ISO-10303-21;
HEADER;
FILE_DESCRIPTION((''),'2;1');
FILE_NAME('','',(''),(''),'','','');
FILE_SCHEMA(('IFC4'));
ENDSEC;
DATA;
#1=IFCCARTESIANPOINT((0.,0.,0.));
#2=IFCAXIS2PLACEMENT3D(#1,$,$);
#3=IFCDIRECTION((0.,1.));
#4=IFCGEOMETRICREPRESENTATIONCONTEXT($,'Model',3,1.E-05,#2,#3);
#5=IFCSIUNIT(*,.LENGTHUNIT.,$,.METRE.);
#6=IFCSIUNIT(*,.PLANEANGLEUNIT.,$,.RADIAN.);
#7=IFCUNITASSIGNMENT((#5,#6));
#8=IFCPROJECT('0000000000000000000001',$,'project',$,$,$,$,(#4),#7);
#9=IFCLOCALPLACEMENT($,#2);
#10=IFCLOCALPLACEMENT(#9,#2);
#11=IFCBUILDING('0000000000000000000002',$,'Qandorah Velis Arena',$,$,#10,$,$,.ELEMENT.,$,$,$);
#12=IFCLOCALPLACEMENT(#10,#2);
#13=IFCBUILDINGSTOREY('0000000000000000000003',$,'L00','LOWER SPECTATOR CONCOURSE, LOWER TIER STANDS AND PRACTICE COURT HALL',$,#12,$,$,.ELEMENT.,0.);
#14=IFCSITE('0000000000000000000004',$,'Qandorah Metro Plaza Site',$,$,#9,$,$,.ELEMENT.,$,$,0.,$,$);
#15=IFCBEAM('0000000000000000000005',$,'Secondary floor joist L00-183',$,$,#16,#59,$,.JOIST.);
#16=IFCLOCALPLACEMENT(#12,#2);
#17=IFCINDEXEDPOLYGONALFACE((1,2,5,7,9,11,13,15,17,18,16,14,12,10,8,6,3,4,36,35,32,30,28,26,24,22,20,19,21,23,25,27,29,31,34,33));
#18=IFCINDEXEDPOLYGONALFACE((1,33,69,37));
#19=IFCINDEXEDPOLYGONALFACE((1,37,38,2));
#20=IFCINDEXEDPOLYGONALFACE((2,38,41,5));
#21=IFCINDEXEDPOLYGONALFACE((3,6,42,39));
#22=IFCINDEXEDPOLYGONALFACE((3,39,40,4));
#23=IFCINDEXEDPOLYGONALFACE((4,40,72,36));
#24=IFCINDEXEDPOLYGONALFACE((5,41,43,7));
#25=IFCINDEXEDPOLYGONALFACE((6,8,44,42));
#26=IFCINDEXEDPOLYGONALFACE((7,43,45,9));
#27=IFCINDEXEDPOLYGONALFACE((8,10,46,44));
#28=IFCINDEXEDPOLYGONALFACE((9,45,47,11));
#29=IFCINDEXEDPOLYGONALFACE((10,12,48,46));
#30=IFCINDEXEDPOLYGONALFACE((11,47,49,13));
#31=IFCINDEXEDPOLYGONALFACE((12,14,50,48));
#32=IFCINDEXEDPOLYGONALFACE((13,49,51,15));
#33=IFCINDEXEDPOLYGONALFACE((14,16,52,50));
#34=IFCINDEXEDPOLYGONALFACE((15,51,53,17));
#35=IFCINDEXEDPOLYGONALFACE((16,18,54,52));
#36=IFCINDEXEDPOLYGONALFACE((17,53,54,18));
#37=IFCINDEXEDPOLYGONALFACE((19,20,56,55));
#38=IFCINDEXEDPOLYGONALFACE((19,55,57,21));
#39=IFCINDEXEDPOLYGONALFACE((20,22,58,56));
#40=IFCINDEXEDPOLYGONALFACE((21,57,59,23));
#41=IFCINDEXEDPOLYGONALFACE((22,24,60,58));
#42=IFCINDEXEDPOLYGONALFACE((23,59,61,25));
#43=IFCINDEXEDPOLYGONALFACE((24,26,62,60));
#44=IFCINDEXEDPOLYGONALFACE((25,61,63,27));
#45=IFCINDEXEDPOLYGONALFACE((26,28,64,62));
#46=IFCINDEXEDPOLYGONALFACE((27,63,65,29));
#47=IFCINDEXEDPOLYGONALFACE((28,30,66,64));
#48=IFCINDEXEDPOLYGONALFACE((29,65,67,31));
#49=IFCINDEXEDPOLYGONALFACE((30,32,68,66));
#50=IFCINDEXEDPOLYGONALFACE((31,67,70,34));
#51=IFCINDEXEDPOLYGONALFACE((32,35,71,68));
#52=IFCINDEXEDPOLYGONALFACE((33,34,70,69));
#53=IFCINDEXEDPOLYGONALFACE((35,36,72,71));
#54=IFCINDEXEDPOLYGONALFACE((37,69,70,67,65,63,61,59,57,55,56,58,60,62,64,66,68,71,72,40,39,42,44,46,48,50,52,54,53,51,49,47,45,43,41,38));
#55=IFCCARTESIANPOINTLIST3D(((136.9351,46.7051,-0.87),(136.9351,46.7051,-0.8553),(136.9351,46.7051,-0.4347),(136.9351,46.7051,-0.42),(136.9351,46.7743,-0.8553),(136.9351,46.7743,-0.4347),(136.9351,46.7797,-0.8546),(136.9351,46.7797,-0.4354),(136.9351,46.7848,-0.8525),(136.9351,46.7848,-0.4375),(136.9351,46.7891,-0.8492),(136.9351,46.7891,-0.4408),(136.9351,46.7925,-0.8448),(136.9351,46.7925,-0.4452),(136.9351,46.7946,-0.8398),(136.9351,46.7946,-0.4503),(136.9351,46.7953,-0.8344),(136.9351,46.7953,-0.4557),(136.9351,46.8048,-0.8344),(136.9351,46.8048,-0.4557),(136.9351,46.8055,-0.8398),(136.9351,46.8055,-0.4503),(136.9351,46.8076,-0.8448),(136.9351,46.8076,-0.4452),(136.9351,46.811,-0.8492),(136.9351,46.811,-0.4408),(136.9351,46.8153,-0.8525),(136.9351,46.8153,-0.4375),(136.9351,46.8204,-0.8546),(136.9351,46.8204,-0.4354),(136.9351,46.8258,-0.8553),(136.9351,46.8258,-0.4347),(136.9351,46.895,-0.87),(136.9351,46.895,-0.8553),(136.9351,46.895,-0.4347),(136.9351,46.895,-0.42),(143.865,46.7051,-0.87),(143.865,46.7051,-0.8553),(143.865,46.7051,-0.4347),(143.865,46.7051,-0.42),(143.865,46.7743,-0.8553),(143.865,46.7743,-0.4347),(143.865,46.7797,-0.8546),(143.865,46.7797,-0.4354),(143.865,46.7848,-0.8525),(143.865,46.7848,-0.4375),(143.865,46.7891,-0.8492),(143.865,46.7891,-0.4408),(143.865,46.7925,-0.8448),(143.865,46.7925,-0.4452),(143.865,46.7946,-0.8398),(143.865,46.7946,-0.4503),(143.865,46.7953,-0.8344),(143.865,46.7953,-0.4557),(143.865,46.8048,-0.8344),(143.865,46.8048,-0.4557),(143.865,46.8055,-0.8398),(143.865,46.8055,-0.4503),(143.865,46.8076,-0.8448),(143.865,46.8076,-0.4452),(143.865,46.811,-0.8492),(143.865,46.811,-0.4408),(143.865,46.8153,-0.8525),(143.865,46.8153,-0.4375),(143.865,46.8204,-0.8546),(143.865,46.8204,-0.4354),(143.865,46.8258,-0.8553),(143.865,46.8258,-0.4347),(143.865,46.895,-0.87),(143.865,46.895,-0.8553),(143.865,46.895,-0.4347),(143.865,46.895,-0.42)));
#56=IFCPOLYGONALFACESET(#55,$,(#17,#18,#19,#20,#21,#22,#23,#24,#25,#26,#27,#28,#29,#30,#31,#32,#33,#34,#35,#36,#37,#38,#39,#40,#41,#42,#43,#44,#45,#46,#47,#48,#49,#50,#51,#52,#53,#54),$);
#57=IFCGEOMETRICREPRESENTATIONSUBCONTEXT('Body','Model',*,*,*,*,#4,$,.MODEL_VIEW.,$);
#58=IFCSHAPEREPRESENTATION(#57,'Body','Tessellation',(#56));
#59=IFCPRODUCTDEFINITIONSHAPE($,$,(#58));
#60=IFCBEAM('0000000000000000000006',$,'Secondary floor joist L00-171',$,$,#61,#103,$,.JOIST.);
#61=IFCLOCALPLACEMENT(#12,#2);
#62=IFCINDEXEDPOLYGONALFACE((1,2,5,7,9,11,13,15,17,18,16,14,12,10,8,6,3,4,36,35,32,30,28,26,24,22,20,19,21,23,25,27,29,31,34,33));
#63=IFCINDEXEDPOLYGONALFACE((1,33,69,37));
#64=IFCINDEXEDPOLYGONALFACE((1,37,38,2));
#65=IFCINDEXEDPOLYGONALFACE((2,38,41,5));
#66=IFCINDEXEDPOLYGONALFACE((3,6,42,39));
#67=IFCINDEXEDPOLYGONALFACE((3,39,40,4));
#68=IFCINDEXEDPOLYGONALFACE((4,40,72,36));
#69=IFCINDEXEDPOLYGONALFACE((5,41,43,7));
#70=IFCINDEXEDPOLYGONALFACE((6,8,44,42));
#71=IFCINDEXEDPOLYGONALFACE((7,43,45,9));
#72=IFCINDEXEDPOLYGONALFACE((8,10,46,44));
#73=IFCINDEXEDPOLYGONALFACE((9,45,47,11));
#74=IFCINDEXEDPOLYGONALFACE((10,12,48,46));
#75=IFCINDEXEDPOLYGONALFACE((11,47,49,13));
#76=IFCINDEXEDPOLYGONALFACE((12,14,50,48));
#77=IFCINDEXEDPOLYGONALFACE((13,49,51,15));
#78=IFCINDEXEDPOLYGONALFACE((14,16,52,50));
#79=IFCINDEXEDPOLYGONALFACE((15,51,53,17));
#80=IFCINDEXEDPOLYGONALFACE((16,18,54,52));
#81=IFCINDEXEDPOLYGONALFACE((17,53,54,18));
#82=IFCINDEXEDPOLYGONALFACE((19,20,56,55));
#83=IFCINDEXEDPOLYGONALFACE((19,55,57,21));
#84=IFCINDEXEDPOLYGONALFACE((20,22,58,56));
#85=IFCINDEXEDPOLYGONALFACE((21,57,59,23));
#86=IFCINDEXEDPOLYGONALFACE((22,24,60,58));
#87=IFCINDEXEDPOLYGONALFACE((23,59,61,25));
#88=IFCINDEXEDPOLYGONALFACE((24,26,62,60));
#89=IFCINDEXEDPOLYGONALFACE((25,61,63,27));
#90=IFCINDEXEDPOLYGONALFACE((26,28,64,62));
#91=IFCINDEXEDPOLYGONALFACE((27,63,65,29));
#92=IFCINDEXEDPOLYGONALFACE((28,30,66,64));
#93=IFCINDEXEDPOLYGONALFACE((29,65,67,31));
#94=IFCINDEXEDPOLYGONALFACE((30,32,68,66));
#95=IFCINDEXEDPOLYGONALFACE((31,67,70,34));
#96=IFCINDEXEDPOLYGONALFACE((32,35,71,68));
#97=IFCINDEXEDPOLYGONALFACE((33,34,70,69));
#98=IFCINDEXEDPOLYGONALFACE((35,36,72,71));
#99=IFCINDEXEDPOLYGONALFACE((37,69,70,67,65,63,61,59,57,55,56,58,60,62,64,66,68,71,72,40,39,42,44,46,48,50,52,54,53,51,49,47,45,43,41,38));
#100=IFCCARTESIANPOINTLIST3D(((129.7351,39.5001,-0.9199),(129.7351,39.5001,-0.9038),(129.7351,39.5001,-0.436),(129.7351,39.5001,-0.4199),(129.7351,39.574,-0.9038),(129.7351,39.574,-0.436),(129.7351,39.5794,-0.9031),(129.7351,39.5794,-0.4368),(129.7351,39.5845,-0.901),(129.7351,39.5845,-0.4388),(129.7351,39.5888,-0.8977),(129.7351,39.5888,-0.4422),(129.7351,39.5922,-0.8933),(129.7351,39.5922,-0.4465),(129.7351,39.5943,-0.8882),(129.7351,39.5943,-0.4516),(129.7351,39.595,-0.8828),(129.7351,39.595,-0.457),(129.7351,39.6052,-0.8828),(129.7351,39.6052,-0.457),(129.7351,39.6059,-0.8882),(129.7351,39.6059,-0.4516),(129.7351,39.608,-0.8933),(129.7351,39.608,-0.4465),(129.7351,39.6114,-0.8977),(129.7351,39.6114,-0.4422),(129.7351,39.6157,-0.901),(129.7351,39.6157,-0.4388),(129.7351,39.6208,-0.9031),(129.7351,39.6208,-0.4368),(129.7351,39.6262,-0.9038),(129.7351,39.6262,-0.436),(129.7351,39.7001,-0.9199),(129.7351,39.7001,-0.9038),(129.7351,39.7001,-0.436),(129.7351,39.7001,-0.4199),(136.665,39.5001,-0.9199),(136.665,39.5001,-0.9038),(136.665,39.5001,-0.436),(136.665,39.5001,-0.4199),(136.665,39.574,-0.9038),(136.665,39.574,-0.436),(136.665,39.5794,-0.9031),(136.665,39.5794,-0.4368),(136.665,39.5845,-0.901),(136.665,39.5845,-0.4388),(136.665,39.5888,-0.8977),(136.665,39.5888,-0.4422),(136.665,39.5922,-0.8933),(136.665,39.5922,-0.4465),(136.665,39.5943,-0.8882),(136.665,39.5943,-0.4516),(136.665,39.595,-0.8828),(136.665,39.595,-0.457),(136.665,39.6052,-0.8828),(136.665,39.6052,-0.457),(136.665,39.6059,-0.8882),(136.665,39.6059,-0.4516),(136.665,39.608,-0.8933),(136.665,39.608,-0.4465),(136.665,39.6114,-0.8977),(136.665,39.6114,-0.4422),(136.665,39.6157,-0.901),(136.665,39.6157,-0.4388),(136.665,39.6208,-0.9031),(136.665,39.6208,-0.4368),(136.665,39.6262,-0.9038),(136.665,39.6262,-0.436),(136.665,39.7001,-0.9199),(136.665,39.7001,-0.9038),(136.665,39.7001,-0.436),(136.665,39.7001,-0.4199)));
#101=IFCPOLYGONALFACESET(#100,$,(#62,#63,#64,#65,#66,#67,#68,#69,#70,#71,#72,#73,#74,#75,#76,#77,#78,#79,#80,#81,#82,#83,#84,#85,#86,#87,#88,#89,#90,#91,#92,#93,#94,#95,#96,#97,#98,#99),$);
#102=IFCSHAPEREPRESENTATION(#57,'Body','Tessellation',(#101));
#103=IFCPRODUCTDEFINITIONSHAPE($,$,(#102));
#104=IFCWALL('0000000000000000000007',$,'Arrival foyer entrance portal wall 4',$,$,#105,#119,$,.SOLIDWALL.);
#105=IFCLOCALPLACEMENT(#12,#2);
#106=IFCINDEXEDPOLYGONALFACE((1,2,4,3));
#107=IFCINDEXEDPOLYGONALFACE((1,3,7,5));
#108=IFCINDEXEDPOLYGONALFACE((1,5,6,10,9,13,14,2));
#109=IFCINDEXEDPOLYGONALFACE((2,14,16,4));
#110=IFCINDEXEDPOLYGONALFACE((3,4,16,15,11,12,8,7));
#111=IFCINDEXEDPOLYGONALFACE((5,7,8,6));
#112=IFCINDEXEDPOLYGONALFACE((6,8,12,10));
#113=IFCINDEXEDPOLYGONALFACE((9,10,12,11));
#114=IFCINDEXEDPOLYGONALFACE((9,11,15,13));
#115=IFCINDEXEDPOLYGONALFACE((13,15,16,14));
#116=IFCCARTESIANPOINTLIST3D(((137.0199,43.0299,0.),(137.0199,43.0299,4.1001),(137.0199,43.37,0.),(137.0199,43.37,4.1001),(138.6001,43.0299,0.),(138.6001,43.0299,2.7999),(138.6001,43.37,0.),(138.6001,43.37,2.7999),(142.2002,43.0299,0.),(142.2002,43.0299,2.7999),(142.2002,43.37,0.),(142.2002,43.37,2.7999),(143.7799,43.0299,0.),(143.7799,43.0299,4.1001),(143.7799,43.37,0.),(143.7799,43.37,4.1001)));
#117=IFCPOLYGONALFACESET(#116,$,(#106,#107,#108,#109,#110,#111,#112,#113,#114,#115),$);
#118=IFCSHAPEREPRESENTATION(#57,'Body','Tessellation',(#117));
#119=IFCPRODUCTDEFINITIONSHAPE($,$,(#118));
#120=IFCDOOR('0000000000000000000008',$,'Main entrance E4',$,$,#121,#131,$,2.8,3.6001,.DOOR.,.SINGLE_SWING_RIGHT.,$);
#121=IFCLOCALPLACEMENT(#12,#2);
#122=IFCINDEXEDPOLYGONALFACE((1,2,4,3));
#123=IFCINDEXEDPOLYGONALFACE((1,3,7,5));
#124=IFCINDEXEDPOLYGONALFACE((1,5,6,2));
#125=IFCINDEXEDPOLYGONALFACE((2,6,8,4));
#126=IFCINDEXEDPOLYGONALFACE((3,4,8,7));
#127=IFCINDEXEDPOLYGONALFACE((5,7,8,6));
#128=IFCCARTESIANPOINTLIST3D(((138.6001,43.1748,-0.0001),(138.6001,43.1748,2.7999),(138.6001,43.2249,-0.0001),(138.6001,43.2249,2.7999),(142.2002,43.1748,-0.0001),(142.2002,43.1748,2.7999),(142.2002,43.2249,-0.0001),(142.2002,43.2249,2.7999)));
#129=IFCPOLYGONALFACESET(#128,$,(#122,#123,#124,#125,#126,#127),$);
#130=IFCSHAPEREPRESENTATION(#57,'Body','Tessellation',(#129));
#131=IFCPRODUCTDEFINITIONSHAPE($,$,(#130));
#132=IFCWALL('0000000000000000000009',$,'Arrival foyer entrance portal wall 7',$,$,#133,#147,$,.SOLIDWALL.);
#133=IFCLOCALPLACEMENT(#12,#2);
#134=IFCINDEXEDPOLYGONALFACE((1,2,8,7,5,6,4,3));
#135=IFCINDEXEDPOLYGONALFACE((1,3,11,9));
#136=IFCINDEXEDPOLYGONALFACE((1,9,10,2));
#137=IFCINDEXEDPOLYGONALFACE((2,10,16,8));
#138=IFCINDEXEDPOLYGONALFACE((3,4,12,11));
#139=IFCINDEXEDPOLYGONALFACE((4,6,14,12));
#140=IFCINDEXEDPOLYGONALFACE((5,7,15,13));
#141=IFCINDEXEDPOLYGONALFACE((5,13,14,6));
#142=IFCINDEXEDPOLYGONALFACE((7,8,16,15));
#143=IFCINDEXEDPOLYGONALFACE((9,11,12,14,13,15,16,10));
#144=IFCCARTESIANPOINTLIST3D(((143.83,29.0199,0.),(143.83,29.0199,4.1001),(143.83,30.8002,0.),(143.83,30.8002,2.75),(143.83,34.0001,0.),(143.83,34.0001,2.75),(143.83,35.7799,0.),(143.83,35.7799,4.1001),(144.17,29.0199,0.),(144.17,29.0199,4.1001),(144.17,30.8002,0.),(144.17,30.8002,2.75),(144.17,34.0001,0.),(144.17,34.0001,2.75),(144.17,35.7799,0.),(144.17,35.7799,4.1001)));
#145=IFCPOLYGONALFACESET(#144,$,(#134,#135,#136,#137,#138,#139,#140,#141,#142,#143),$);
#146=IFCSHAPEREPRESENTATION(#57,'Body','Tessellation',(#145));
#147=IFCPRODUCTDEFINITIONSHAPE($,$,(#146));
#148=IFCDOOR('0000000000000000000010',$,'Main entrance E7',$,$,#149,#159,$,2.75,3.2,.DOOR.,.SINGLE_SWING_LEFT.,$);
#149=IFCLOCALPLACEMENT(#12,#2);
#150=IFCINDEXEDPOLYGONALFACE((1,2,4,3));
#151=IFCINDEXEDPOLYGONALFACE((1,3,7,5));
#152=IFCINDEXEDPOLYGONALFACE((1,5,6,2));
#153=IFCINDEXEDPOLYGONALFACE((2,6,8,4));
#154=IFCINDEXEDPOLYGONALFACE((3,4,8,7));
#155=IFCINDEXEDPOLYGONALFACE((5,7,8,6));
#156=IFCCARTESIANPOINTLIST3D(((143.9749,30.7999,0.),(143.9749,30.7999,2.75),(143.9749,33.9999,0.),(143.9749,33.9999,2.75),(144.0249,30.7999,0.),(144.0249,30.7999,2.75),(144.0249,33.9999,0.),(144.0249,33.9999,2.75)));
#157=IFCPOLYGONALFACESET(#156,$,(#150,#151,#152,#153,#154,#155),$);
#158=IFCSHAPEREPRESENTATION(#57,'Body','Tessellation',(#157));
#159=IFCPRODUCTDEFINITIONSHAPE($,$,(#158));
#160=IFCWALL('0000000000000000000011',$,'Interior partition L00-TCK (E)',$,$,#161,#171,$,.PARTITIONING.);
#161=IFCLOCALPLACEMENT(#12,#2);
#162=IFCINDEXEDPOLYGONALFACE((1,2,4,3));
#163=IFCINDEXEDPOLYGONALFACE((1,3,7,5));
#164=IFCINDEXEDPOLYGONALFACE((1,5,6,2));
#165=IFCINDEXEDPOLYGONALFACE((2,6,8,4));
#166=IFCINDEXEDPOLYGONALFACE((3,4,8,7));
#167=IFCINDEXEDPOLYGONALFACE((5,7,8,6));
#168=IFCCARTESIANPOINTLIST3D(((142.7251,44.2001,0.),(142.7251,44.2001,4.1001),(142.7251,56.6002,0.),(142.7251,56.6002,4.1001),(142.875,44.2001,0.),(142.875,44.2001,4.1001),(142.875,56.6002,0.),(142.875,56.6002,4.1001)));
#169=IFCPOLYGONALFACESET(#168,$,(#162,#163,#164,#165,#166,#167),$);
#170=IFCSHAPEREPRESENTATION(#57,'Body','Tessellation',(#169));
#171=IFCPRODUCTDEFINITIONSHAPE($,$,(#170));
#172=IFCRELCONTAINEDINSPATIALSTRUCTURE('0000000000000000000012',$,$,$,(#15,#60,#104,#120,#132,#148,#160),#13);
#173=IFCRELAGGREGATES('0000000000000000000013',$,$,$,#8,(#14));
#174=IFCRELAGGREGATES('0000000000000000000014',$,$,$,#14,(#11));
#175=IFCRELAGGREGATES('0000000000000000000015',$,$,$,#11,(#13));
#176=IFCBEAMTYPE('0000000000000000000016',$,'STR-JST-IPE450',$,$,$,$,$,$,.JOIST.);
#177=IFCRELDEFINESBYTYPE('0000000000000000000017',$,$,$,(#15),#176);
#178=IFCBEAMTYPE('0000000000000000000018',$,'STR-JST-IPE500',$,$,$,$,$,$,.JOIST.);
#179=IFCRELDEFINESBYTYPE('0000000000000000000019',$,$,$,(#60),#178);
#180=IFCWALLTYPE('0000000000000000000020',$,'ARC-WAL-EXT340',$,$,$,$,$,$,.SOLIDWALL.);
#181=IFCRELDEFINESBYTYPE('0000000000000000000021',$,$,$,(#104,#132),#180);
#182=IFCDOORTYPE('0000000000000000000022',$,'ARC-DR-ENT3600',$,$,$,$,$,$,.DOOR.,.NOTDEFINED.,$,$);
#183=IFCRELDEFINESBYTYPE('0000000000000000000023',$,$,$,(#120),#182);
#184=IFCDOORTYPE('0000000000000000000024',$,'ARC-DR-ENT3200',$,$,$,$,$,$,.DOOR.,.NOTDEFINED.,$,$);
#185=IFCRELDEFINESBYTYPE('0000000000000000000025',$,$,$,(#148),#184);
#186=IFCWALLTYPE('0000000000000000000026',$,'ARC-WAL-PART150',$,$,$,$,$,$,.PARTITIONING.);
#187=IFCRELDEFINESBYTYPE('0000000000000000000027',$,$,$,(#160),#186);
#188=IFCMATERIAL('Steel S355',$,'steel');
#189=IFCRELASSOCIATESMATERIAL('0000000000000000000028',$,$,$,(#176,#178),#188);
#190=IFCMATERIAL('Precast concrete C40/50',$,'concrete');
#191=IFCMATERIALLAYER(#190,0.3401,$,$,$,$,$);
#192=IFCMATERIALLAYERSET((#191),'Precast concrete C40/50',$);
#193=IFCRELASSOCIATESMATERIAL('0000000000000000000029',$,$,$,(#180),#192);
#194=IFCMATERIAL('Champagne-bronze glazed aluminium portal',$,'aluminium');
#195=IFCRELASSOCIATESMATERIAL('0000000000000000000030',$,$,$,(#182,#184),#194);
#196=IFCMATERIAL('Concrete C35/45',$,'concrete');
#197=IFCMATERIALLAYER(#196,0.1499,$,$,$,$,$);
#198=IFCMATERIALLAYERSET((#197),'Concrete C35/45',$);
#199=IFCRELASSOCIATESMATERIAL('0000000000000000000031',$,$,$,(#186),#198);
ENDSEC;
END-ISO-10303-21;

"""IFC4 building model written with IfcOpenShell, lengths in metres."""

from ifc_helpers import new_model, si_unit, direction, frame, frame_2d, origin, origin_2d, place, context, subcontext, project, spatial, rectangle, i_section, extrude, material, layer, layer_set, material_profile, profile_set, type_object, element, fill, save


model = new_model("IFC4")

# Units and contexts
model_context = context("Model", 3, precision=1e-05, world=origin(), true_north=direction((0.0, 1.0)))
body_context = subcontext(model_context, "Body", "Model", "MODEL_VIEW")
ifc_project = project(units=[si_unit("LENGTHUNIT", "METRE"), si_unit("PLANEANGLEUNIT", "RADIAN")], contexts=[model_context])

# Site, building, storey
site_placement = place(None, origin())
site = spatial("IfcSite", under=ifc_project, at=site_placement, Name="Qandorah Metro Plaza Site", CompositionType="ELEMENT", RefElevation=0.0)
building_placement = place(site_placement, origin())
building = spatial("IfcBuilding", under=site, at=building_placement, Name="Qandorah Velis Arena", CompositionType="ELEMENT")
storey_placement = place(building_placement, origin())
storey = spatial("IfcBuildingStorey", under=building, at=storey_placement, Name="L00", Description="LOWER SPECTATOR CONCOURSE, LOWER TIER STANDS AND PRACTICE COURT HALL", CompositionType="ELEMENT", Elevation=0.0)

# Shared definitions
ifc_material_1 = material(Name="Steel S355", Category="steel")

# Beams
ifc_material_profile_1 = material_profile(ifc_material_1, i_section(OverallWidth=0.1899, OverallDepth=0.45, WebThickness=0.0095, FlangeThickness=0.0146, FilletRadius=0.021, at=origin_2d()), Name="IPE 450")
ifc_profile_set_1 = profile_set([ifc_material_profile_1], Name="Steel S355")
beam_type_1 = type_object("IfcBeamType", Name="STR-JST-IPE450", PredefinedType="JOIST", material=ifc_profile_set_1)
for number, where, z_axis, x_axis, name in (
    (1, (136.9351, 46.8, -0.645), (1.0, 0.0, 0.0), (0.0, 1.0, 0.0), "Secondary floor joist L00-183"),
):
    element("IfcBeam", number, at=place(storey_placement, frame(where, z_axis=z_axis, x_axis=x_axis)), inside=storey, type_object=beam_type_1, Name=name, PredefinedType="JOIST", context=body_context, shape_type="SweptSolid", body=[
        extrude(i_section(OverallWidth=0.1899, OverallDepth=0.45, WebThickness=0.0095, FlangeThickness=0.0146, FilletRadius=0.021, at=origin_2d()), origin(), (0.0, 0.0, 1.0), 6.9299),
    ])
ifc_material_profile_2 = material_profile(ifc_material_1, i_section(OverallWidth=0.2, OverallDepth=0.5, WebThickness=0.0103, FlangeThickness=0.0161, FilletRadius=0.021, at=origin_2d()), Name="IPE 500")
ifc_profile_set_2 = profile_set([ifc_material_profile_2], Name="Steel S355")
beam_type_2 = type_object("IfcBeamType", Name="STR-JST-IPE500", PredefinedType="JOIST", material=ifc_profile_set_2)
beam_1_placement = place(storey_placement, frame((129.7351, 39.6001, -0.6699), z_axis=(1.0, 0.0, 0.0), x_axis=(0.0, 1.0, 0.0)))
element("IfcBeam", 2, at=beam_1_placement, inside=storey, type_object=beam_type_2, Name="Secondary floor joist L00-171", PredefinedType="JOIST", context=body_context, shape_type="SweptSolid", body=[
    extrude(i_section(OverallWidth=0.2, OverallDepth=0.5, WebThickness=0.0103, FlangeThickness=0.0161, FilletRadius=0.021, at=origin_2d()), origin(), (0.0, 0.0, 1.0), 6.9299),
])

# Walls, openings, doors
ifc_material_2 = material(Name="Precast concrete C40/50", Category="concrete")
ifc_layer_1 = layer(ifc_material_2, 0.3401)
ifc_layer_set_1 = layer_set([ifc_layer_1], Name="Precast concrete C40/50")
wall_type_1 = type_object("IfcWallType", Name="ARC-WAL-EXT340", PredefinedType="SOLIDWALL", material=ifc_layer_set_1)
wall_1_placement = place(storey_placement, frame((137.02, 43.2, 0.0), z_axis=(0.0, 0.0, 1.0), x_axis=(1.0, 0.0, 0.0)))
wall_1 = element("IfcWall", 3, at=wall_1_placement, inside=storey, type_object=wall_type_1, Name="Arrival foyer entrance portal wall 4", PredefinedType="SOLIDWALL", context=body_context, shape_type="SweptSolid", body=[
    extrude(rectangle(XDim=6.76, YDim=0.3401, at=frame_2d((3.3799, 0.0))), origin(), (0.0, 0.0, 1.0), 4.1001),
])
opening_1_placement = place(wall_1_placement, frame((1.5801, 0.0, 0.0)))
opening_1 = element("IfcOpeningElement", 4, at=opening_1_placement, cuts=wall_1, PredefinedType="OPENING", context=body_context, shape_type="SweptSolid", body=[
    extrude(rectangle(XDim=3.6001, YDim=2.8, at=frame_2d((1.8, 1.3999))), frame((0.0, 0.1802, 0.0), z_axis=(0.0, -1.0, 0.0), x_axis=(1.0, 0.0, 0.0)), (0.0, 0.0, 1.0), 0.3601),
])
ifc_material_3 = material(Name="Champagne-bronze glazed aluminium portal", Category="aluminium")
door_type_1 = type_object("IfcDoorType", Name="ARC-DR-ENT3600", OperationType="NOTDEFINED", PredefinedType="DOOR", material=ifc_material_3)
door_1_placement = place(opening_1_placement, origin())
door_1 = element("IfcDoor", 5, at=door_1_placement, inside=storey, type_object=door_type_1, Name="Main entrance E4", OperationType="SINGLE_SWING_RIGHT", OverallHeight=2.8, OverallWidth=3.6001, PredefinedType="DOOR", context=body_context, shape_type="SweptSolid", body=[
    extrude(rectangle(XDim=3.6001, YDim=2.8, at=frame_2d((1.8, 1.3999))), frame((0.0, 0.0249, 0.0), z_axis=(0.0, -1.0, 0.0), x_axis=(1.0, 0.0, 0.0)), (0.0, 0.0, 1.0), 0.05),
])
fill(opening_1, door_1)
wall_2_placement = place(storey_placement, frame((144.0, 29.02, 0.0), z_axis=(0.0, 0.0, 1.0), x_axis=(0.0, 1.0, 0.0)))
wall_2 = element("IfcWall", 6, at=wall_2_placement, inside=storey, type_object=wall_type_1, Name="Arrival foyer entrance portal wall 7", PredefinedType="SOLIDWALL", context=body_context, shape_type="SweptSolid", body=[
    extrude(rectangle(XDim=6.76, YDim=0.3401, at=frame_2d((3.3799, 0.0))), origin(), (0.0, 0.0, 1.0), 4.1001),
])
opening_2_placement = place(wall_2_placement, frame((1.78, 0.0, 0.0)))
opening_2 = element("IfcOpeningElement", 7, at=opening_2_placement, cuts=wall_2, PredefinedType="OPENING", context=body_context, shape_type="SweptSolid", body=[
    extrude(rectangle(XDim=3.2, YDim=2.75, at=frame_2d((1.6001, 1.375))), frame((0.0, 0.1802, 0.0), z_axis=(0.0, -1.0, 0.0), x_axis=(1.0, 0.0, 0.0)), (0.0, 0.0, 1.0), 0.3601),
])
door_type_2 = type_object("IfcDoorType", Name="ARC-DR-ENT3200", OperationType="NOTDEFINED", PredefinedType="DOOR", material=ifc_material_3)
door_2_placement = place(opening_2_placement, frame((3.2, 0.0, 0.0), z_axis=(0.0, 0.0, 1.0), x_axis=(-1.0, 0.0, 0.0)))
door_2 = element("IfcDoor", 8, at=door_2_placement, inside=storey, type_object=door_type_2, Name="Main entrance E7", OperationType="SINGLE_SWING_LEFT", OverallHeight=2.75, OverallWidth=3.2, PredefinedType="DOOR", context=body_context, shape_type="SweptSolid", body=[
    extrude(rectangle(XDim=3.2, YDim=2.75, at=frame_2d((1.6001, 1.375))), frame((0.0, 0.0249, 0.0), z_axis=(0.0, -1.0, 0.0), x_axis=(1.0, 0.0, 0.0)), (0.0, 0.0, 1.0), 0.05),
])
fill(opening_2, door_2)

# Wall
ifc_material_4 = material(Name="Concrete C35/45", Category="concrete")
ifc_layer_2 = layer(ifc_material_4, 0.1499)
ifc_layer_set_2 = layer_set([ifc_layer_2], Name="Concrete C35/45")
wall_type_2 = type_object("IfcWallType", Name="ARC-WAL-PART150", PredefinedType="PARTITIONING", material=ifc_layer_set_2)
wall_3_placement = place(storey_placement, frame((142.8, 44.2, 0.0), z_axis=(0.0, 0.0, 1.0), x_axis=(0.0, 1.0, 0.0)))
element("IfcWall", 9, at=wall_3_placement, inside=storey, type_object=wall_type_2, Name="Interior partition L00-TCK (E)", PredefinedType="PARTITIONING", context=body_context, shape_type="SweptSolid", body=[
    extrude(rectangle(XDim=12.4001, YDim=0.1499, at=frame_2d((6.2002, 0.0))), origin(), (0.0, 0.0, 1.0), 4.1001),
])

save(model, "model.ifc")
